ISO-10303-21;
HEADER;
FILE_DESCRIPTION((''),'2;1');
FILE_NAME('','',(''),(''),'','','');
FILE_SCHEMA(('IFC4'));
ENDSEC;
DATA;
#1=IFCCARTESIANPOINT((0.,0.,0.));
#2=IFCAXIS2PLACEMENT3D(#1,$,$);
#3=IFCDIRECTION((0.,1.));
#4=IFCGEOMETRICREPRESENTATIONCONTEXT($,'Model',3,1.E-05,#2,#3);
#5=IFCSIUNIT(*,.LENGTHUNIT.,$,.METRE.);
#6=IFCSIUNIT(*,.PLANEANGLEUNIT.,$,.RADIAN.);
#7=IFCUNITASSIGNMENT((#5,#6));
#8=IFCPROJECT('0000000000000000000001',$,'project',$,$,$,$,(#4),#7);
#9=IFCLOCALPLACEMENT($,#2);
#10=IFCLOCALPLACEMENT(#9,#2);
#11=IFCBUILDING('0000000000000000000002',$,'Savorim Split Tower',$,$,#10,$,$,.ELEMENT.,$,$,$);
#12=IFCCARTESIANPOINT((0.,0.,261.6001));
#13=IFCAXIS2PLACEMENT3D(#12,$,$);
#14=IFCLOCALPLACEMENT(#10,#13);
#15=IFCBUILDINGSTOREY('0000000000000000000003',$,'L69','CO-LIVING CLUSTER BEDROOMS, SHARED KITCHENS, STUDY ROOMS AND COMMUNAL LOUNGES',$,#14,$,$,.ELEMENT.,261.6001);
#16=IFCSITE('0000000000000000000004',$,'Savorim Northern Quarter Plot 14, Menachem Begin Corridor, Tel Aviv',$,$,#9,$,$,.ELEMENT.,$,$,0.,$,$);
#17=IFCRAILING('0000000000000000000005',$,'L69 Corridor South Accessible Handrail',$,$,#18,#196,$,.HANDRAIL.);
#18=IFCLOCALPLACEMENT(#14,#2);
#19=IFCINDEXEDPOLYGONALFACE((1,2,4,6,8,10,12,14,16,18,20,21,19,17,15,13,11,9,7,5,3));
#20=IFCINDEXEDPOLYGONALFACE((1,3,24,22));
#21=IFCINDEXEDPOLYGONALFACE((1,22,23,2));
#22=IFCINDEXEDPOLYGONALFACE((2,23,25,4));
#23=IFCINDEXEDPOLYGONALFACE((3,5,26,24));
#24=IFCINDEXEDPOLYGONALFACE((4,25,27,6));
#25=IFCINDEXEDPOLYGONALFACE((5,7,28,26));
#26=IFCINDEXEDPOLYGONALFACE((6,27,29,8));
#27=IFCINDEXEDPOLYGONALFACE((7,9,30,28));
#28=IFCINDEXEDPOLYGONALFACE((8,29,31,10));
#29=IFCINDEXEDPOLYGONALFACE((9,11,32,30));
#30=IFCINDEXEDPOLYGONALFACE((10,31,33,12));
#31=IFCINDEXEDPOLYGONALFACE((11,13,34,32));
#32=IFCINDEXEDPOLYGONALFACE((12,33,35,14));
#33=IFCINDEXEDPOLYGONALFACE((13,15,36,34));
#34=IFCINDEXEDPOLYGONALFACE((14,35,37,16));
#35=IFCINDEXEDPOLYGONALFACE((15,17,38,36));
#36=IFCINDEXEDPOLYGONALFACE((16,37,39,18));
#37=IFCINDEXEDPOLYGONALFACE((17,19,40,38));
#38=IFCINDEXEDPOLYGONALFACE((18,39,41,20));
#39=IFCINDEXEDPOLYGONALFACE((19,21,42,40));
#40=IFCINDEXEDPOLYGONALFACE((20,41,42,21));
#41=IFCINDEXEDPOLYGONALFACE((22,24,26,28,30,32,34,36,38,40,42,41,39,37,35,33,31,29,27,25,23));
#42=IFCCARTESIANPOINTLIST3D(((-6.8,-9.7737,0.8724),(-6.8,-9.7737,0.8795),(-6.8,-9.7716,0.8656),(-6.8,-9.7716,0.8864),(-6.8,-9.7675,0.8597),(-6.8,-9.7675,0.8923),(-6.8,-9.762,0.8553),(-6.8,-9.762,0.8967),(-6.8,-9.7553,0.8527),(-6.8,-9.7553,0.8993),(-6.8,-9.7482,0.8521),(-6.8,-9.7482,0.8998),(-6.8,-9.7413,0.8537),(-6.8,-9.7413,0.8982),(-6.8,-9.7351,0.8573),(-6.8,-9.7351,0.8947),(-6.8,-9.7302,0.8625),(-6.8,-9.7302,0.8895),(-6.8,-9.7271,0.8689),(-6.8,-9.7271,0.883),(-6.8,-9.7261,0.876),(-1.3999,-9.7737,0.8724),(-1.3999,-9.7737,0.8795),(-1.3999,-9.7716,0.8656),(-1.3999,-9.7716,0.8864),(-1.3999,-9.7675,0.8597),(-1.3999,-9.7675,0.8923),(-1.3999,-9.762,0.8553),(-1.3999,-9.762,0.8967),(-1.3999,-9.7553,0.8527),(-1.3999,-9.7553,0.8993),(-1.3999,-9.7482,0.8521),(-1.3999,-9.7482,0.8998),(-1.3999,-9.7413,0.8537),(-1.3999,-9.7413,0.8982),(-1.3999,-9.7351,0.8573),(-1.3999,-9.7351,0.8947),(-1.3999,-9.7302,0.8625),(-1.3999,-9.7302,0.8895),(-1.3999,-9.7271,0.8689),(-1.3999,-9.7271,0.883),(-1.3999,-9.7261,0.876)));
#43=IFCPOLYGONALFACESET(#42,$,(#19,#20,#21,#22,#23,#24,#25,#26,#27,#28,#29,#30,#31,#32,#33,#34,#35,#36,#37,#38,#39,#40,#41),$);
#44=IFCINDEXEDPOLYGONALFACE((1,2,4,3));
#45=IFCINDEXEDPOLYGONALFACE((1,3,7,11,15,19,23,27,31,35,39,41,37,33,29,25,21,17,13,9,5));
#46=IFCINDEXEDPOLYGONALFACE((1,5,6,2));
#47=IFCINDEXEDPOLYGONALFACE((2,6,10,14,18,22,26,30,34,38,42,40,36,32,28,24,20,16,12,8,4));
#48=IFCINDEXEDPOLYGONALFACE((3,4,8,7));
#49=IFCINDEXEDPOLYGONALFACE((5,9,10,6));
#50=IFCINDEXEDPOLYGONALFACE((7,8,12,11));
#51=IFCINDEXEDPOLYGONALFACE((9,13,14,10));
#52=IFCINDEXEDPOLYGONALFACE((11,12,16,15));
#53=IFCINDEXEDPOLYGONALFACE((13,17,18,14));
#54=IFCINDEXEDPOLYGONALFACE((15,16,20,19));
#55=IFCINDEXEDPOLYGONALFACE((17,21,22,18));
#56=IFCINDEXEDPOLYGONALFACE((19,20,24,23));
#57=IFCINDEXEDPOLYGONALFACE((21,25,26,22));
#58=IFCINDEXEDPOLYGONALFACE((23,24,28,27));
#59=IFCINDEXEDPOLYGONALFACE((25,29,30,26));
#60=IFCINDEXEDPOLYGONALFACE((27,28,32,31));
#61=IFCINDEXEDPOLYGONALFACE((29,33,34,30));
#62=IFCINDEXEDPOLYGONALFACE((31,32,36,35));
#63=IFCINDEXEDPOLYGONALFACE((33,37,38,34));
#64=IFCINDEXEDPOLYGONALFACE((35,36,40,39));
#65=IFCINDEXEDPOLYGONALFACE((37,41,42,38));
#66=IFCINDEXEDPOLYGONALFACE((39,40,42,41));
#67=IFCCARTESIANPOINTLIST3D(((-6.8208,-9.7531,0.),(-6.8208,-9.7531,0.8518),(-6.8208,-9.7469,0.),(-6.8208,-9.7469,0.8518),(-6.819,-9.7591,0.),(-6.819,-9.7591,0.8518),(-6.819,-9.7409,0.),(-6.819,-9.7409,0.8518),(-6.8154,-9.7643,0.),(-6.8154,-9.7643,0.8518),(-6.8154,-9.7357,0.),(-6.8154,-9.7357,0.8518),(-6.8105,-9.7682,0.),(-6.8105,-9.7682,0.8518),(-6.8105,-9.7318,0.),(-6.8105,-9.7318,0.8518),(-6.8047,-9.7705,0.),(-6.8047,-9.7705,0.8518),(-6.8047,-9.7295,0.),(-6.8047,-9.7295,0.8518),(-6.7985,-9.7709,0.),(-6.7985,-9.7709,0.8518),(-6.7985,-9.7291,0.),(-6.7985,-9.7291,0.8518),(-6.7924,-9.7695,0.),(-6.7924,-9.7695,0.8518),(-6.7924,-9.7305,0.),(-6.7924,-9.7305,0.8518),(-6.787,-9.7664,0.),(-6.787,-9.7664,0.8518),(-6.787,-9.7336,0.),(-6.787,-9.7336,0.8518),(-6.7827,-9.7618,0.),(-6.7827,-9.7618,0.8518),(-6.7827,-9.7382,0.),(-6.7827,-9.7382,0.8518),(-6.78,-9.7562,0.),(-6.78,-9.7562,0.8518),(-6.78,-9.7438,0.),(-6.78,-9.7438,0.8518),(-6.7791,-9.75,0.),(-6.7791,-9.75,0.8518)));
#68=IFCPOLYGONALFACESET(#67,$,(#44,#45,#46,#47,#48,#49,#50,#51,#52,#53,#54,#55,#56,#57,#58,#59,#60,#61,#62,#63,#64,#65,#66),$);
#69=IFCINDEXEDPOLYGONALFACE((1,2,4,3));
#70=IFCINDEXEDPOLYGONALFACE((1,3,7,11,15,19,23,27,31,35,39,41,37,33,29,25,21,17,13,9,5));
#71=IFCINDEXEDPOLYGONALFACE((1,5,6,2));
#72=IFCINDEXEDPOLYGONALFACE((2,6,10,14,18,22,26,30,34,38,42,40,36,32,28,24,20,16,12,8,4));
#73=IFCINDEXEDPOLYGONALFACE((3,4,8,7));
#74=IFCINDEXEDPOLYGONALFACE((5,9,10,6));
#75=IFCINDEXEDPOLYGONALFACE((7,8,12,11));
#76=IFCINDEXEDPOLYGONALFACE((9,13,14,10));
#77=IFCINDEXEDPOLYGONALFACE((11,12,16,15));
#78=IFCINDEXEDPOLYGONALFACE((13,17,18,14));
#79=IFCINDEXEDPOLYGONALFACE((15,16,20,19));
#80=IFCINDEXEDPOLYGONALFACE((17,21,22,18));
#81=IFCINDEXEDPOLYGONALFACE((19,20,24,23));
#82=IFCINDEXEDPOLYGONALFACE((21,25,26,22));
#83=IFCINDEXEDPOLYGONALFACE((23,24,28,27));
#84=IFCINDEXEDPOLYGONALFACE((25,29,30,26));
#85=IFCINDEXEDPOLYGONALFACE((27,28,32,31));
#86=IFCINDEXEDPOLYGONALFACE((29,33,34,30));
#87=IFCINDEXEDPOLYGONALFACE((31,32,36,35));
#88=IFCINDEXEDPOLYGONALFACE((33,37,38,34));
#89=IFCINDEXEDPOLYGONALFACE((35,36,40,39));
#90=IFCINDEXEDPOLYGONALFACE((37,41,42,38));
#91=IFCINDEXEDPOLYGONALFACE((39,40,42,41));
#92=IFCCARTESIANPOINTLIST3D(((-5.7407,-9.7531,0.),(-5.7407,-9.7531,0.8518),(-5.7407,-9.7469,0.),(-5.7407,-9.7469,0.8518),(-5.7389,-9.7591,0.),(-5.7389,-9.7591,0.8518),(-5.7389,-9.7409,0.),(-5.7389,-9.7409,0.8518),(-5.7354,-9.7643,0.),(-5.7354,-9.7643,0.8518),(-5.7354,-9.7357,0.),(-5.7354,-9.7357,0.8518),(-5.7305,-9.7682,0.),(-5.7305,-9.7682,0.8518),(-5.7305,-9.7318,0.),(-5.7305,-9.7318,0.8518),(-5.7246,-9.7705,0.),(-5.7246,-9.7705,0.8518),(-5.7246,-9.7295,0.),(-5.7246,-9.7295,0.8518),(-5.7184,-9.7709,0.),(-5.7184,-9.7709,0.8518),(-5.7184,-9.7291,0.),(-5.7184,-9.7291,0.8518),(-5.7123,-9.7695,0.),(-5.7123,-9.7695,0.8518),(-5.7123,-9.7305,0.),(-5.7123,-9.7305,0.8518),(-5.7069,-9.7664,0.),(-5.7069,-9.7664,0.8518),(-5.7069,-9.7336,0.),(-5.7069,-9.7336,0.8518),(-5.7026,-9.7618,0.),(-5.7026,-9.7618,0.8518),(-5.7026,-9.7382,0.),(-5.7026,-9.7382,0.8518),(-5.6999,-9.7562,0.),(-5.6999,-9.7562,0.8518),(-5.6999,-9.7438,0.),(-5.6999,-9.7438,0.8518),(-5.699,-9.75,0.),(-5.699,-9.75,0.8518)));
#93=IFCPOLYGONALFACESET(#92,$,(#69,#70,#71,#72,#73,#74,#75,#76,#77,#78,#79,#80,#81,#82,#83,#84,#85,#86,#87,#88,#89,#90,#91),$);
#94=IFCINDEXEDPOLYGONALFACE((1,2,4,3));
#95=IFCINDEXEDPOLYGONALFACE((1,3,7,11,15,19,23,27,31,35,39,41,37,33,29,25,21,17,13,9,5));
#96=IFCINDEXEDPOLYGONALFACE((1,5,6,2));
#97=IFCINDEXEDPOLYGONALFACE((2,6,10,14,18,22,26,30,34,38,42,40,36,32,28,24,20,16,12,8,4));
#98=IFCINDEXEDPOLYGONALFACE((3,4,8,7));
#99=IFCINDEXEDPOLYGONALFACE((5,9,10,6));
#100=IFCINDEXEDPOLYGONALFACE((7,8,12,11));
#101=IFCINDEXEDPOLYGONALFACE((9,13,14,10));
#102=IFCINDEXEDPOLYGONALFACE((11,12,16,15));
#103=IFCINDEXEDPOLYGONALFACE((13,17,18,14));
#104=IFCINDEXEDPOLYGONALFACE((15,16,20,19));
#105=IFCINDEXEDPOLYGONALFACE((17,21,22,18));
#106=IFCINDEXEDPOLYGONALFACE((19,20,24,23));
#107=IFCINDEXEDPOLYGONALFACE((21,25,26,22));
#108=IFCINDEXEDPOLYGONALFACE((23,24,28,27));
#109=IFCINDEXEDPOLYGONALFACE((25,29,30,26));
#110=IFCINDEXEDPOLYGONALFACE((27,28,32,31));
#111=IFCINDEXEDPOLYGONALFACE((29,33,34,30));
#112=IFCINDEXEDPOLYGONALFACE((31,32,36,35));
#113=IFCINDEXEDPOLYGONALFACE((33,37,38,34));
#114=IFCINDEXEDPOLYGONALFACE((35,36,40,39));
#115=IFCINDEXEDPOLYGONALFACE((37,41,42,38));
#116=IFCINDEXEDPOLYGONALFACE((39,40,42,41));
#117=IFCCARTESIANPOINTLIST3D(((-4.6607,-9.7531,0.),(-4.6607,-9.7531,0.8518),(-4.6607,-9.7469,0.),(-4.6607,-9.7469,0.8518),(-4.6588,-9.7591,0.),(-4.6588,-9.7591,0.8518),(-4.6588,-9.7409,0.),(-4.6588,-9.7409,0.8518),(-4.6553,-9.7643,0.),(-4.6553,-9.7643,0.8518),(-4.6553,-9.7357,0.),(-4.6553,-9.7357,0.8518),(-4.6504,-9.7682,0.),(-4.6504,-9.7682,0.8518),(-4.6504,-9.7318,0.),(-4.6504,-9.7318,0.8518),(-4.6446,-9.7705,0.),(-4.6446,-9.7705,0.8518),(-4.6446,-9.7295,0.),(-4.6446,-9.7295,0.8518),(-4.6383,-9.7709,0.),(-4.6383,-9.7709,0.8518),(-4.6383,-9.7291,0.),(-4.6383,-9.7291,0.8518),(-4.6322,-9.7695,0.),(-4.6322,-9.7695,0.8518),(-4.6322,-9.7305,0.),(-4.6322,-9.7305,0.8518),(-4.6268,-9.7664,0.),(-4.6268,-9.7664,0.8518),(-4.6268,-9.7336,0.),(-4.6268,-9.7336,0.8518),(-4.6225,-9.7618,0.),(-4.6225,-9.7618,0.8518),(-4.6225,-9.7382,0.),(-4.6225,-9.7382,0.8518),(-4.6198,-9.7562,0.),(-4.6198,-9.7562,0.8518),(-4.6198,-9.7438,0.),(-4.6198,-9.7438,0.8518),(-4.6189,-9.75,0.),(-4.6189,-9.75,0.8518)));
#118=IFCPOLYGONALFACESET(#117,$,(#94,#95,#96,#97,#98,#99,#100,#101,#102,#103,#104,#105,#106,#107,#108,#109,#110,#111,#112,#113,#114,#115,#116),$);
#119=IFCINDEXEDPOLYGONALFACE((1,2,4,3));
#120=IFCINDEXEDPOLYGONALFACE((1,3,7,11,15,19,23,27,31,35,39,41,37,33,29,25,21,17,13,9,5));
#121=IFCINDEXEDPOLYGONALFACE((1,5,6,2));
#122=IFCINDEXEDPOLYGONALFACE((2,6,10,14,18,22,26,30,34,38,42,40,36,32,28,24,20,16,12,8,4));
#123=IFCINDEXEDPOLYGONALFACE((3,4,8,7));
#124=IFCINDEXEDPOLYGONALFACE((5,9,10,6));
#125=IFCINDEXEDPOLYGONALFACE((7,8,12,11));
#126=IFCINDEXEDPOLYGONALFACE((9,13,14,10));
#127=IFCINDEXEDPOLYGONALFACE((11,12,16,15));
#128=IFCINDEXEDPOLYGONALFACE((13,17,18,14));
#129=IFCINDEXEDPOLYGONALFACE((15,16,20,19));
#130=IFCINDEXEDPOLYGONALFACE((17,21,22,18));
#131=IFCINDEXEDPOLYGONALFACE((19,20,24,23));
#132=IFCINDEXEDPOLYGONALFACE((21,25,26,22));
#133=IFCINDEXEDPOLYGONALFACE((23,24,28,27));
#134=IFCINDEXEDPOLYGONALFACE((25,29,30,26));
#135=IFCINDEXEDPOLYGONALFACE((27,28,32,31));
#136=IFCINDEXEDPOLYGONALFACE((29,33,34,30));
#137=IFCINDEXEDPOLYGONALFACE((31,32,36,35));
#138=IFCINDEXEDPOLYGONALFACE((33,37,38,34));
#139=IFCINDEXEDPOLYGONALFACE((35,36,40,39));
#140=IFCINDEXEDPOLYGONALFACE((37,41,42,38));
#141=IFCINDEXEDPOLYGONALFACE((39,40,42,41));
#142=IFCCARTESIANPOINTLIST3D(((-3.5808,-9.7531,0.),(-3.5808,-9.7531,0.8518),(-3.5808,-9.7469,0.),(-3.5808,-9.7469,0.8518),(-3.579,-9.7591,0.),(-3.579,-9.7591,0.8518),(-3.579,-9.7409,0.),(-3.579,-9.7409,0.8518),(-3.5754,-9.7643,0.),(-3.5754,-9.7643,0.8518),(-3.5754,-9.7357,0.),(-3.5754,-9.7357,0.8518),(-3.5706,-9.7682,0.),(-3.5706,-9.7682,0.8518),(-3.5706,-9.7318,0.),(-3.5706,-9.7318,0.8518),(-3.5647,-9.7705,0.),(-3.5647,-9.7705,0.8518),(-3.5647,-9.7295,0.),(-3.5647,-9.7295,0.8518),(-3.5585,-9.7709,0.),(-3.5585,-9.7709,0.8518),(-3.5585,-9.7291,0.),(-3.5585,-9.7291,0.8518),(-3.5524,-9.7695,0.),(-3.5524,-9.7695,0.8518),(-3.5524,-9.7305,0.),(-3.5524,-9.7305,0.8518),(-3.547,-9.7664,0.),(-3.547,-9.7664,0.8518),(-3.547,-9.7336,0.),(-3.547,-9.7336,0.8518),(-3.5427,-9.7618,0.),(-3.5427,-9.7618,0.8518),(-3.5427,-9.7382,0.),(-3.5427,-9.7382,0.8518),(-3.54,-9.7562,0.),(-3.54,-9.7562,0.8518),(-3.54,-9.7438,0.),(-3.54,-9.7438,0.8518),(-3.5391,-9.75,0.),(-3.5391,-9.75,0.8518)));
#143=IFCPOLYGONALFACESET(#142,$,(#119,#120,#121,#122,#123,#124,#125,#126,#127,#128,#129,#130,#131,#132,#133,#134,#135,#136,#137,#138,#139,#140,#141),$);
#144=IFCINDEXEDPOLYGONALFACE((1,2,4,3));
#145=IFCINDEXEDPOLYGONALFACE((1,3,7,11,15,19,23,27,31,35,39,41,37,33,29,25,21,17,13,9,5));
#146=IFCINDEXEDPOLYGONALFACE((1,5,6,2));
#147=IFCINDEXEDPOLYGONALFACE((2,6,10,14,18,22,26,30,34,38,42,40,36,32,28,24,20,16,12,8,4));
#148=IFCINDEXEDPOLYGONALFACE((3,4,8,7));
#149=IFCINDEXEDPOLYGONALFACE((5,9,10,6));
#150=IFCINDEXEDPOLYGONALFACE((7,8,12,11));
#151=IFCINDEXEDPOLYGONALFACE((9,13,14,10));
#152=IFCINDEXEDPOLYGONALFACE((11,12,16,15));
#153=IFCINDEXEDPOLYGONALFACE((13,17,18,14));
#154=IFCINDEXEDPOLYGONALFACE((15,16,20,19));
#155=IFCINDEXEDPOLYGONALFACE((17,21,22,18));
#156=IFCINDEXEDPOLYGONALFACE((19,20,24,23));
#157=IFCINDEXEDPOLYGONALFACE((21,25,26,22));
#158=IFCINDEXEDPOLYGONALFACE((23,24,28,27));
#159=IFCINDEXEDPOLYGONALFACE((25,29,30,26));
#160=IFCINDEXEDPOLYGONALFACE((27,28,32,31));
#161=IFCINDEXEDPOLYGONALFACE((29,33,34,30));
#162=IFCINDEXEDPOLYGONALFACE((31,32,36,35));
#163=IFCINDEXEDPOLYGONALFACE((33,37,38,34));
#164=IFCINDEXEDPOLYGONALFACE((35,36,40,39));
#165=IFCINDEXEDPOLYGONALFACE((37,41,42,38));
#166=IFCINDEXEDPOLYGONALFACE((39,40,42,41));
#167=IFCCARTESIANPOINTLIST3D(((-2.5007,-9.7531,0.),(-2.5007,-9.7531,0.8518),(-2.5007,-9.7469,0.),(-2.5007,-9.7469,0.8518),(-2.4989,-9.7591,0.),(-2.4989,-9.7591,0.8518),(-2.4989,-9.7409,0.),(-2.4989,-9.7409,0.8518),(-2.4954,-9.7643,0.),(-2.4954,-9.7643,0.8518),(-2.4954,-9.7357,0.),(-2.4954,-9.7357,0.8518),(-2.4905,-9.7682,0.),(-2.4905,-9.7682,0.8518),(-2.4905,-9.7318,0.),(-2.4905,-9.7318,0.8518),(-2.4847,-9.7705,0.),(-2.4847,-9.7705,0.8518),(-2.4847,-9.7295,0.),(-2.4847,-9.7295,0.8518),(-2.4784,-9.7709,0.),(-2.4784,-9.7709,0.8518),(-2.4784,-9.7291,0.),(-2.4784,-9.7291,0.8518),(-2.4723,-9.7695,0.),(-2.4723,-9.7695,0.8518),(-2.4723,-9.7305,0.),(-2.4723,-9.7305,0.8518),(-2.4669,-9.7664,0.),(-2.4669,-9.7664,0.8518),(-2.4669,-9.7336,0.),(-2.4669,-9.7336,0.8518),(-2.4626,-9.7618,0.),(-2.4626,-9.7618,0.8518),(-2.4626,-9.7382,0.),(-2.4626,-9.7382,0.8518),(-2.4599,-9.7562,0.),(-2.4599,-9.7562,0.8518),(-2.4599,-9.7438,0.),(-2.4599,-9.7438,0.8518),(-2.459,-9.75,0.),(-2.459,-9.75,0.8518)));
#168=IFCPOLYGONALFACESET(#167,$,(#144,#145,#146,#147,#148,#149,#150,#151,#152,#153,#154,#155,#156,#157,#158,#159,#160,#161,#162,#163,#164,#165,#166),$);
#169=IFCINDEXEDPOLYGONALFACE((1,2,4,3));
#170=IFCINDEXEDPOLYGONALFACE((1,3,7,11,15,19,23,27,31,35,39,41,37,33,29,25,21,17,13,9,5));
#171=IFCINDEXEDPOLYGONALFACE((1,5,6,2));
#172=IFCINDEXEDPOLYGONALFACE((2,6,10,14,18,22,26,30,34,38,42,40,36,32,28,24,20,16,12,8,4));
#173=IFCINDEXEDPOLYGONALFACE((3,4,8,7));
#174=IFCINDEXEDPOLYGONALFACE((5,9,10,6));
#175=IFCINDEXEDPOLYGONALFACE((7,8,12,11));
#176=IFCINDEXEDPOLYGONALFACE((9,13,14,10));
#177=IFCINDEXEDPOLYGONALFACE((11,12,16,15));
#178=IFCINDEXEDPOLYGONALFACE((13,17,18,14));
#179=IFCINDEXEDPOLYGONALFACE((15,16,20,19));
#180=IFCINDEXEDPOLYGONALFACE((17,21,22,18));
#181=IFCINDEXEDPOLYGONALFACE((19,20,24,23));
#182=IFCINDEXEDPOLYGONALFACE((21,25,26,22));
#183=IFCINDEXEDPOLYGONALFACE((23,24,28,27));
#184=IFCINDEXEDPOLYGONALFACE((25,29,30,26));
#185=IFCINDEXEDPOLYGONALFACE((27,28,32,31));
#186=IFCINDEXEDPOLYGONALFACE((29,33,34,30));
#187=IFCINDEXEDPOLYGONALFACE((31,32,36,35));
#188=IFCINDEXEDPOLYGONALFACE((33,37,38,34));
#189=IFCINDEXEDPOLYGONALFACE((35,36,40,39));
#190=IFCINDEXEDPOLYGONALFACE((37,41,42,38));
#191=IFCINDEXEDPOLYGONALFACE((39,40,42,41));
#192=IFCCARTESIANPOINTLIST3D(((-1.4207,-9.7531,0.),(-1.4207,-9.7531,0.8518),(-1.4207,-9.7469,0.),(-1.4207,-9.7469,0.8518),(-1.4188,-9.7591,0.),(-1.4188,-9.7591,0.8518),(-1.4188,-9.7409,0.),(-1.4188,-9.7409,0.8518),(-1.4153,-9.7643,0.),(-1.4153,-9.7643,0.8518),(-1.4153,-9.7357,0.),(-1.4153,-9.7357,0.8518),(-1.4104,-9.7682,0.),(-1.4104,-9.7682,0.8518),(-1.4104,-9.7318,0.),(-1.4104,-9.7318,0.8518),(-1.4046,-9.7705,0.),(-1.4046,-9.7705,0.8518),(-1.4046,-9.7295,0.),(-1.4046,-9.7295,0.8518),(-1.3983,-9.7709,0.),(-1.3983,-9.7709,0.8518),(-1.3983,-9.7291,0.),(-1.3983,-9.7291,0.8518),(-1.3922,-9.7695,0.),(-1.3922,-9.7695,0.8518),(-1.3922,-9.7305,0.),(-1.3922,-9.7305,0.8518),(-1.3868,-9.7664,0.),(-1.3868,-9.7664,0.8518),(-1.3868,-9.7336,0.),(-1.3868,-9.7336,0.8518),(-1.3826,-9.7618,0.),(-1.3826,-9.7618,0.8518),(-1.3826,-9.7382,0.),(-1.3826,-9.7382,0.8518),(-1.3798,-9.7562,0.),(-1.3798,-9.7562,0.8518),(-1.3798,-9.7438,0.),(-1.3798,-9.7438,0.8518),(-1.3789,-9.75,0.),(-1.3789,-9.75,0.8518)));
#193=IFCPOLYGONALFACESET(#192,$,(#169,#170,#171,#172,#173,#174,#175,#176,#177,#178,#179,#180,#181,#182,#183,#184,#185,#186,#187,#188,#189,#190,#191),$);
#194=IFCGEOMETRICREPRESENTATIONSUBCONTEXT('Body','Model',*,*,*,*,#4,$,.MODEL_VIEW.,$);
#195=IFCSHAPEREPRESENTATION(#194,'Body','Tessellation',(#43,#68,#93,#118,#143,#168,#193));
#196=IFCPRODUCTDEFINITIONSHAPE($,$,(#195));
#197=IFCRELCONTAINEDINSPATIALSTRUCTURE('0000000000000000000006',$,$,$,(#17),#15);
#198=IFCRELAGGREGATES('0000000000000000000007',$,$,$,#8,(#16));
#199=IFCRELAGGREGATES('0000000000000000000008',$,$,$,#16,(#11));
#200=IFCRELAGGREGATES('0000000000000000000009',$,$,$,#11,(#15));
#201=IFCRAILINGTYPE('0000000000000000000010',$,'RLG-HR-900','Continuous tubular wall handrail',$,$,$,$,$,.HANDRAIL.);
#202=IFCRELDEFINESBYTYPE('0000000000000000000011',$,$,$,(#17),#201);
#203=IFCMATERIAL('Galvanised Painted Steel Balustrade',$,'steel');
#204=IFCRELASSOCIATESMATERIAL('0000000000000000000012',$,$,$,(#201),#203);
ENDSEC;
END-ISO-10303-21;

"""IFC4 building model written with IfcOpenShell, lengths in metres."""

from ifc_helpers import new_model, si_unit, direction, frame, origin, origin_2d, place, context, subcontext, project, spatial, circle, extrude, material, type_object, element, save


model = new_model("IFC4")

# Units and contexts
model_context = context("Model", 3, precision=1e-05, world=origin(), true_north=direction((0.0, 1.0)))
body_context = subcontext(model_context, "Body", "Model", "MODEL_VIEW")
ifc_project = project(units=[si_unit("LENGTHUNIT", "METRE"), si_unit("PLANEANGLEUNIT", "RADIAN")], contexts=[model_context])

# Site, building, storey
site_placement = place(None, origin())
site = spatial("IfcSite", under=ifc_project, at=site_placement, Name="Savorim Northern Quarter Plot 14, Menachem Begin Corridor, Tel Aviv", CompositionType="ELEMENT", RefElevation=0.0)
building_placement = place(site_placement, origin())
building = spatial("IfcBuilding", under=site, at=building_placement, Name="Savorim Split Tower", CompositionType="ELEMENT")
storey_placement = place(building_placement, frame((0.0, 0.0, 261.6001)))
storey = spatial("IfcBuildingStorey", under=building, at=storey_placement, Name="L69", Description="CO-LIVING CLUSTER BEDROOMS, SHARED KITCHENS, STUDY ROOMS AND COMMUNAL LOUNGES", CompositionType="ELEMENT", Elevation=261.6001)

# Railing
ifc_material_1 = material(Name="Galvanised Painted Steel Balustrade", Category="steel")
railing_type_1 = type_object("IfcRailingType", Name="RLG-HR-900", Description="Continuous tubular wall handrail", PredefinedType="HANDRAIL", material=ifc_material_1)
railing_1_placement = place(storey_placement, frame((-6.8, -9.75, 0.0)))
element("IfcRailing", 1, at=railing_1_placement, inside=storey, type_object=railing_type_1, Name="L69 Corridor South Accessible Handrail", PredefinedType="HANDRAIL", context=body_context, shape_type="SweptSolid", body=[
    extrude(circle(Radius=0.0239, at=origin_2d()), frame((0.0, 0.0, 0.876), z_axis=(1.0, 0.0, 0.0), x_axis=(0.0, 1.0, 0.0)), (0.0, 0.0, 1.0), 5.4001),
    extrude(circle(Radius=0.021, at=origin_2d()), origin(), (0.0, 0.0, 1.0), 0.8518),
    extrude(circle(Radius=0.021, at=origin_2d()), frame((1.0801, 0.0, 0.0)), (0.0, 0.0, 1.0), 0.8518),
    extrude(circle(Radius=0.021, at=origin_2d()), frame((2.1602, 0.0, 0.0)), (0.0, 0.0, 1.0), 0.8518),
    extrude(circle(Radius=0.021, at=origin_2d()), frame((3.24, 0.0, 0.0)), (0.0, 0.0, 1.0), 0.8518),
    extrude(circle(Radius=0.021, at=origin_2d()), frame((4.3201, 0.0, 0.0)), (0.0, 0.0, 1.0), 0.8518),
    extrude(circle(Radius=0.021, at=origin_2d()), frame((5.4001, 0.0, 0.0)), (0.0, 0.0, 1.0), 0.8518),
])

save(model, "model.ifc")
